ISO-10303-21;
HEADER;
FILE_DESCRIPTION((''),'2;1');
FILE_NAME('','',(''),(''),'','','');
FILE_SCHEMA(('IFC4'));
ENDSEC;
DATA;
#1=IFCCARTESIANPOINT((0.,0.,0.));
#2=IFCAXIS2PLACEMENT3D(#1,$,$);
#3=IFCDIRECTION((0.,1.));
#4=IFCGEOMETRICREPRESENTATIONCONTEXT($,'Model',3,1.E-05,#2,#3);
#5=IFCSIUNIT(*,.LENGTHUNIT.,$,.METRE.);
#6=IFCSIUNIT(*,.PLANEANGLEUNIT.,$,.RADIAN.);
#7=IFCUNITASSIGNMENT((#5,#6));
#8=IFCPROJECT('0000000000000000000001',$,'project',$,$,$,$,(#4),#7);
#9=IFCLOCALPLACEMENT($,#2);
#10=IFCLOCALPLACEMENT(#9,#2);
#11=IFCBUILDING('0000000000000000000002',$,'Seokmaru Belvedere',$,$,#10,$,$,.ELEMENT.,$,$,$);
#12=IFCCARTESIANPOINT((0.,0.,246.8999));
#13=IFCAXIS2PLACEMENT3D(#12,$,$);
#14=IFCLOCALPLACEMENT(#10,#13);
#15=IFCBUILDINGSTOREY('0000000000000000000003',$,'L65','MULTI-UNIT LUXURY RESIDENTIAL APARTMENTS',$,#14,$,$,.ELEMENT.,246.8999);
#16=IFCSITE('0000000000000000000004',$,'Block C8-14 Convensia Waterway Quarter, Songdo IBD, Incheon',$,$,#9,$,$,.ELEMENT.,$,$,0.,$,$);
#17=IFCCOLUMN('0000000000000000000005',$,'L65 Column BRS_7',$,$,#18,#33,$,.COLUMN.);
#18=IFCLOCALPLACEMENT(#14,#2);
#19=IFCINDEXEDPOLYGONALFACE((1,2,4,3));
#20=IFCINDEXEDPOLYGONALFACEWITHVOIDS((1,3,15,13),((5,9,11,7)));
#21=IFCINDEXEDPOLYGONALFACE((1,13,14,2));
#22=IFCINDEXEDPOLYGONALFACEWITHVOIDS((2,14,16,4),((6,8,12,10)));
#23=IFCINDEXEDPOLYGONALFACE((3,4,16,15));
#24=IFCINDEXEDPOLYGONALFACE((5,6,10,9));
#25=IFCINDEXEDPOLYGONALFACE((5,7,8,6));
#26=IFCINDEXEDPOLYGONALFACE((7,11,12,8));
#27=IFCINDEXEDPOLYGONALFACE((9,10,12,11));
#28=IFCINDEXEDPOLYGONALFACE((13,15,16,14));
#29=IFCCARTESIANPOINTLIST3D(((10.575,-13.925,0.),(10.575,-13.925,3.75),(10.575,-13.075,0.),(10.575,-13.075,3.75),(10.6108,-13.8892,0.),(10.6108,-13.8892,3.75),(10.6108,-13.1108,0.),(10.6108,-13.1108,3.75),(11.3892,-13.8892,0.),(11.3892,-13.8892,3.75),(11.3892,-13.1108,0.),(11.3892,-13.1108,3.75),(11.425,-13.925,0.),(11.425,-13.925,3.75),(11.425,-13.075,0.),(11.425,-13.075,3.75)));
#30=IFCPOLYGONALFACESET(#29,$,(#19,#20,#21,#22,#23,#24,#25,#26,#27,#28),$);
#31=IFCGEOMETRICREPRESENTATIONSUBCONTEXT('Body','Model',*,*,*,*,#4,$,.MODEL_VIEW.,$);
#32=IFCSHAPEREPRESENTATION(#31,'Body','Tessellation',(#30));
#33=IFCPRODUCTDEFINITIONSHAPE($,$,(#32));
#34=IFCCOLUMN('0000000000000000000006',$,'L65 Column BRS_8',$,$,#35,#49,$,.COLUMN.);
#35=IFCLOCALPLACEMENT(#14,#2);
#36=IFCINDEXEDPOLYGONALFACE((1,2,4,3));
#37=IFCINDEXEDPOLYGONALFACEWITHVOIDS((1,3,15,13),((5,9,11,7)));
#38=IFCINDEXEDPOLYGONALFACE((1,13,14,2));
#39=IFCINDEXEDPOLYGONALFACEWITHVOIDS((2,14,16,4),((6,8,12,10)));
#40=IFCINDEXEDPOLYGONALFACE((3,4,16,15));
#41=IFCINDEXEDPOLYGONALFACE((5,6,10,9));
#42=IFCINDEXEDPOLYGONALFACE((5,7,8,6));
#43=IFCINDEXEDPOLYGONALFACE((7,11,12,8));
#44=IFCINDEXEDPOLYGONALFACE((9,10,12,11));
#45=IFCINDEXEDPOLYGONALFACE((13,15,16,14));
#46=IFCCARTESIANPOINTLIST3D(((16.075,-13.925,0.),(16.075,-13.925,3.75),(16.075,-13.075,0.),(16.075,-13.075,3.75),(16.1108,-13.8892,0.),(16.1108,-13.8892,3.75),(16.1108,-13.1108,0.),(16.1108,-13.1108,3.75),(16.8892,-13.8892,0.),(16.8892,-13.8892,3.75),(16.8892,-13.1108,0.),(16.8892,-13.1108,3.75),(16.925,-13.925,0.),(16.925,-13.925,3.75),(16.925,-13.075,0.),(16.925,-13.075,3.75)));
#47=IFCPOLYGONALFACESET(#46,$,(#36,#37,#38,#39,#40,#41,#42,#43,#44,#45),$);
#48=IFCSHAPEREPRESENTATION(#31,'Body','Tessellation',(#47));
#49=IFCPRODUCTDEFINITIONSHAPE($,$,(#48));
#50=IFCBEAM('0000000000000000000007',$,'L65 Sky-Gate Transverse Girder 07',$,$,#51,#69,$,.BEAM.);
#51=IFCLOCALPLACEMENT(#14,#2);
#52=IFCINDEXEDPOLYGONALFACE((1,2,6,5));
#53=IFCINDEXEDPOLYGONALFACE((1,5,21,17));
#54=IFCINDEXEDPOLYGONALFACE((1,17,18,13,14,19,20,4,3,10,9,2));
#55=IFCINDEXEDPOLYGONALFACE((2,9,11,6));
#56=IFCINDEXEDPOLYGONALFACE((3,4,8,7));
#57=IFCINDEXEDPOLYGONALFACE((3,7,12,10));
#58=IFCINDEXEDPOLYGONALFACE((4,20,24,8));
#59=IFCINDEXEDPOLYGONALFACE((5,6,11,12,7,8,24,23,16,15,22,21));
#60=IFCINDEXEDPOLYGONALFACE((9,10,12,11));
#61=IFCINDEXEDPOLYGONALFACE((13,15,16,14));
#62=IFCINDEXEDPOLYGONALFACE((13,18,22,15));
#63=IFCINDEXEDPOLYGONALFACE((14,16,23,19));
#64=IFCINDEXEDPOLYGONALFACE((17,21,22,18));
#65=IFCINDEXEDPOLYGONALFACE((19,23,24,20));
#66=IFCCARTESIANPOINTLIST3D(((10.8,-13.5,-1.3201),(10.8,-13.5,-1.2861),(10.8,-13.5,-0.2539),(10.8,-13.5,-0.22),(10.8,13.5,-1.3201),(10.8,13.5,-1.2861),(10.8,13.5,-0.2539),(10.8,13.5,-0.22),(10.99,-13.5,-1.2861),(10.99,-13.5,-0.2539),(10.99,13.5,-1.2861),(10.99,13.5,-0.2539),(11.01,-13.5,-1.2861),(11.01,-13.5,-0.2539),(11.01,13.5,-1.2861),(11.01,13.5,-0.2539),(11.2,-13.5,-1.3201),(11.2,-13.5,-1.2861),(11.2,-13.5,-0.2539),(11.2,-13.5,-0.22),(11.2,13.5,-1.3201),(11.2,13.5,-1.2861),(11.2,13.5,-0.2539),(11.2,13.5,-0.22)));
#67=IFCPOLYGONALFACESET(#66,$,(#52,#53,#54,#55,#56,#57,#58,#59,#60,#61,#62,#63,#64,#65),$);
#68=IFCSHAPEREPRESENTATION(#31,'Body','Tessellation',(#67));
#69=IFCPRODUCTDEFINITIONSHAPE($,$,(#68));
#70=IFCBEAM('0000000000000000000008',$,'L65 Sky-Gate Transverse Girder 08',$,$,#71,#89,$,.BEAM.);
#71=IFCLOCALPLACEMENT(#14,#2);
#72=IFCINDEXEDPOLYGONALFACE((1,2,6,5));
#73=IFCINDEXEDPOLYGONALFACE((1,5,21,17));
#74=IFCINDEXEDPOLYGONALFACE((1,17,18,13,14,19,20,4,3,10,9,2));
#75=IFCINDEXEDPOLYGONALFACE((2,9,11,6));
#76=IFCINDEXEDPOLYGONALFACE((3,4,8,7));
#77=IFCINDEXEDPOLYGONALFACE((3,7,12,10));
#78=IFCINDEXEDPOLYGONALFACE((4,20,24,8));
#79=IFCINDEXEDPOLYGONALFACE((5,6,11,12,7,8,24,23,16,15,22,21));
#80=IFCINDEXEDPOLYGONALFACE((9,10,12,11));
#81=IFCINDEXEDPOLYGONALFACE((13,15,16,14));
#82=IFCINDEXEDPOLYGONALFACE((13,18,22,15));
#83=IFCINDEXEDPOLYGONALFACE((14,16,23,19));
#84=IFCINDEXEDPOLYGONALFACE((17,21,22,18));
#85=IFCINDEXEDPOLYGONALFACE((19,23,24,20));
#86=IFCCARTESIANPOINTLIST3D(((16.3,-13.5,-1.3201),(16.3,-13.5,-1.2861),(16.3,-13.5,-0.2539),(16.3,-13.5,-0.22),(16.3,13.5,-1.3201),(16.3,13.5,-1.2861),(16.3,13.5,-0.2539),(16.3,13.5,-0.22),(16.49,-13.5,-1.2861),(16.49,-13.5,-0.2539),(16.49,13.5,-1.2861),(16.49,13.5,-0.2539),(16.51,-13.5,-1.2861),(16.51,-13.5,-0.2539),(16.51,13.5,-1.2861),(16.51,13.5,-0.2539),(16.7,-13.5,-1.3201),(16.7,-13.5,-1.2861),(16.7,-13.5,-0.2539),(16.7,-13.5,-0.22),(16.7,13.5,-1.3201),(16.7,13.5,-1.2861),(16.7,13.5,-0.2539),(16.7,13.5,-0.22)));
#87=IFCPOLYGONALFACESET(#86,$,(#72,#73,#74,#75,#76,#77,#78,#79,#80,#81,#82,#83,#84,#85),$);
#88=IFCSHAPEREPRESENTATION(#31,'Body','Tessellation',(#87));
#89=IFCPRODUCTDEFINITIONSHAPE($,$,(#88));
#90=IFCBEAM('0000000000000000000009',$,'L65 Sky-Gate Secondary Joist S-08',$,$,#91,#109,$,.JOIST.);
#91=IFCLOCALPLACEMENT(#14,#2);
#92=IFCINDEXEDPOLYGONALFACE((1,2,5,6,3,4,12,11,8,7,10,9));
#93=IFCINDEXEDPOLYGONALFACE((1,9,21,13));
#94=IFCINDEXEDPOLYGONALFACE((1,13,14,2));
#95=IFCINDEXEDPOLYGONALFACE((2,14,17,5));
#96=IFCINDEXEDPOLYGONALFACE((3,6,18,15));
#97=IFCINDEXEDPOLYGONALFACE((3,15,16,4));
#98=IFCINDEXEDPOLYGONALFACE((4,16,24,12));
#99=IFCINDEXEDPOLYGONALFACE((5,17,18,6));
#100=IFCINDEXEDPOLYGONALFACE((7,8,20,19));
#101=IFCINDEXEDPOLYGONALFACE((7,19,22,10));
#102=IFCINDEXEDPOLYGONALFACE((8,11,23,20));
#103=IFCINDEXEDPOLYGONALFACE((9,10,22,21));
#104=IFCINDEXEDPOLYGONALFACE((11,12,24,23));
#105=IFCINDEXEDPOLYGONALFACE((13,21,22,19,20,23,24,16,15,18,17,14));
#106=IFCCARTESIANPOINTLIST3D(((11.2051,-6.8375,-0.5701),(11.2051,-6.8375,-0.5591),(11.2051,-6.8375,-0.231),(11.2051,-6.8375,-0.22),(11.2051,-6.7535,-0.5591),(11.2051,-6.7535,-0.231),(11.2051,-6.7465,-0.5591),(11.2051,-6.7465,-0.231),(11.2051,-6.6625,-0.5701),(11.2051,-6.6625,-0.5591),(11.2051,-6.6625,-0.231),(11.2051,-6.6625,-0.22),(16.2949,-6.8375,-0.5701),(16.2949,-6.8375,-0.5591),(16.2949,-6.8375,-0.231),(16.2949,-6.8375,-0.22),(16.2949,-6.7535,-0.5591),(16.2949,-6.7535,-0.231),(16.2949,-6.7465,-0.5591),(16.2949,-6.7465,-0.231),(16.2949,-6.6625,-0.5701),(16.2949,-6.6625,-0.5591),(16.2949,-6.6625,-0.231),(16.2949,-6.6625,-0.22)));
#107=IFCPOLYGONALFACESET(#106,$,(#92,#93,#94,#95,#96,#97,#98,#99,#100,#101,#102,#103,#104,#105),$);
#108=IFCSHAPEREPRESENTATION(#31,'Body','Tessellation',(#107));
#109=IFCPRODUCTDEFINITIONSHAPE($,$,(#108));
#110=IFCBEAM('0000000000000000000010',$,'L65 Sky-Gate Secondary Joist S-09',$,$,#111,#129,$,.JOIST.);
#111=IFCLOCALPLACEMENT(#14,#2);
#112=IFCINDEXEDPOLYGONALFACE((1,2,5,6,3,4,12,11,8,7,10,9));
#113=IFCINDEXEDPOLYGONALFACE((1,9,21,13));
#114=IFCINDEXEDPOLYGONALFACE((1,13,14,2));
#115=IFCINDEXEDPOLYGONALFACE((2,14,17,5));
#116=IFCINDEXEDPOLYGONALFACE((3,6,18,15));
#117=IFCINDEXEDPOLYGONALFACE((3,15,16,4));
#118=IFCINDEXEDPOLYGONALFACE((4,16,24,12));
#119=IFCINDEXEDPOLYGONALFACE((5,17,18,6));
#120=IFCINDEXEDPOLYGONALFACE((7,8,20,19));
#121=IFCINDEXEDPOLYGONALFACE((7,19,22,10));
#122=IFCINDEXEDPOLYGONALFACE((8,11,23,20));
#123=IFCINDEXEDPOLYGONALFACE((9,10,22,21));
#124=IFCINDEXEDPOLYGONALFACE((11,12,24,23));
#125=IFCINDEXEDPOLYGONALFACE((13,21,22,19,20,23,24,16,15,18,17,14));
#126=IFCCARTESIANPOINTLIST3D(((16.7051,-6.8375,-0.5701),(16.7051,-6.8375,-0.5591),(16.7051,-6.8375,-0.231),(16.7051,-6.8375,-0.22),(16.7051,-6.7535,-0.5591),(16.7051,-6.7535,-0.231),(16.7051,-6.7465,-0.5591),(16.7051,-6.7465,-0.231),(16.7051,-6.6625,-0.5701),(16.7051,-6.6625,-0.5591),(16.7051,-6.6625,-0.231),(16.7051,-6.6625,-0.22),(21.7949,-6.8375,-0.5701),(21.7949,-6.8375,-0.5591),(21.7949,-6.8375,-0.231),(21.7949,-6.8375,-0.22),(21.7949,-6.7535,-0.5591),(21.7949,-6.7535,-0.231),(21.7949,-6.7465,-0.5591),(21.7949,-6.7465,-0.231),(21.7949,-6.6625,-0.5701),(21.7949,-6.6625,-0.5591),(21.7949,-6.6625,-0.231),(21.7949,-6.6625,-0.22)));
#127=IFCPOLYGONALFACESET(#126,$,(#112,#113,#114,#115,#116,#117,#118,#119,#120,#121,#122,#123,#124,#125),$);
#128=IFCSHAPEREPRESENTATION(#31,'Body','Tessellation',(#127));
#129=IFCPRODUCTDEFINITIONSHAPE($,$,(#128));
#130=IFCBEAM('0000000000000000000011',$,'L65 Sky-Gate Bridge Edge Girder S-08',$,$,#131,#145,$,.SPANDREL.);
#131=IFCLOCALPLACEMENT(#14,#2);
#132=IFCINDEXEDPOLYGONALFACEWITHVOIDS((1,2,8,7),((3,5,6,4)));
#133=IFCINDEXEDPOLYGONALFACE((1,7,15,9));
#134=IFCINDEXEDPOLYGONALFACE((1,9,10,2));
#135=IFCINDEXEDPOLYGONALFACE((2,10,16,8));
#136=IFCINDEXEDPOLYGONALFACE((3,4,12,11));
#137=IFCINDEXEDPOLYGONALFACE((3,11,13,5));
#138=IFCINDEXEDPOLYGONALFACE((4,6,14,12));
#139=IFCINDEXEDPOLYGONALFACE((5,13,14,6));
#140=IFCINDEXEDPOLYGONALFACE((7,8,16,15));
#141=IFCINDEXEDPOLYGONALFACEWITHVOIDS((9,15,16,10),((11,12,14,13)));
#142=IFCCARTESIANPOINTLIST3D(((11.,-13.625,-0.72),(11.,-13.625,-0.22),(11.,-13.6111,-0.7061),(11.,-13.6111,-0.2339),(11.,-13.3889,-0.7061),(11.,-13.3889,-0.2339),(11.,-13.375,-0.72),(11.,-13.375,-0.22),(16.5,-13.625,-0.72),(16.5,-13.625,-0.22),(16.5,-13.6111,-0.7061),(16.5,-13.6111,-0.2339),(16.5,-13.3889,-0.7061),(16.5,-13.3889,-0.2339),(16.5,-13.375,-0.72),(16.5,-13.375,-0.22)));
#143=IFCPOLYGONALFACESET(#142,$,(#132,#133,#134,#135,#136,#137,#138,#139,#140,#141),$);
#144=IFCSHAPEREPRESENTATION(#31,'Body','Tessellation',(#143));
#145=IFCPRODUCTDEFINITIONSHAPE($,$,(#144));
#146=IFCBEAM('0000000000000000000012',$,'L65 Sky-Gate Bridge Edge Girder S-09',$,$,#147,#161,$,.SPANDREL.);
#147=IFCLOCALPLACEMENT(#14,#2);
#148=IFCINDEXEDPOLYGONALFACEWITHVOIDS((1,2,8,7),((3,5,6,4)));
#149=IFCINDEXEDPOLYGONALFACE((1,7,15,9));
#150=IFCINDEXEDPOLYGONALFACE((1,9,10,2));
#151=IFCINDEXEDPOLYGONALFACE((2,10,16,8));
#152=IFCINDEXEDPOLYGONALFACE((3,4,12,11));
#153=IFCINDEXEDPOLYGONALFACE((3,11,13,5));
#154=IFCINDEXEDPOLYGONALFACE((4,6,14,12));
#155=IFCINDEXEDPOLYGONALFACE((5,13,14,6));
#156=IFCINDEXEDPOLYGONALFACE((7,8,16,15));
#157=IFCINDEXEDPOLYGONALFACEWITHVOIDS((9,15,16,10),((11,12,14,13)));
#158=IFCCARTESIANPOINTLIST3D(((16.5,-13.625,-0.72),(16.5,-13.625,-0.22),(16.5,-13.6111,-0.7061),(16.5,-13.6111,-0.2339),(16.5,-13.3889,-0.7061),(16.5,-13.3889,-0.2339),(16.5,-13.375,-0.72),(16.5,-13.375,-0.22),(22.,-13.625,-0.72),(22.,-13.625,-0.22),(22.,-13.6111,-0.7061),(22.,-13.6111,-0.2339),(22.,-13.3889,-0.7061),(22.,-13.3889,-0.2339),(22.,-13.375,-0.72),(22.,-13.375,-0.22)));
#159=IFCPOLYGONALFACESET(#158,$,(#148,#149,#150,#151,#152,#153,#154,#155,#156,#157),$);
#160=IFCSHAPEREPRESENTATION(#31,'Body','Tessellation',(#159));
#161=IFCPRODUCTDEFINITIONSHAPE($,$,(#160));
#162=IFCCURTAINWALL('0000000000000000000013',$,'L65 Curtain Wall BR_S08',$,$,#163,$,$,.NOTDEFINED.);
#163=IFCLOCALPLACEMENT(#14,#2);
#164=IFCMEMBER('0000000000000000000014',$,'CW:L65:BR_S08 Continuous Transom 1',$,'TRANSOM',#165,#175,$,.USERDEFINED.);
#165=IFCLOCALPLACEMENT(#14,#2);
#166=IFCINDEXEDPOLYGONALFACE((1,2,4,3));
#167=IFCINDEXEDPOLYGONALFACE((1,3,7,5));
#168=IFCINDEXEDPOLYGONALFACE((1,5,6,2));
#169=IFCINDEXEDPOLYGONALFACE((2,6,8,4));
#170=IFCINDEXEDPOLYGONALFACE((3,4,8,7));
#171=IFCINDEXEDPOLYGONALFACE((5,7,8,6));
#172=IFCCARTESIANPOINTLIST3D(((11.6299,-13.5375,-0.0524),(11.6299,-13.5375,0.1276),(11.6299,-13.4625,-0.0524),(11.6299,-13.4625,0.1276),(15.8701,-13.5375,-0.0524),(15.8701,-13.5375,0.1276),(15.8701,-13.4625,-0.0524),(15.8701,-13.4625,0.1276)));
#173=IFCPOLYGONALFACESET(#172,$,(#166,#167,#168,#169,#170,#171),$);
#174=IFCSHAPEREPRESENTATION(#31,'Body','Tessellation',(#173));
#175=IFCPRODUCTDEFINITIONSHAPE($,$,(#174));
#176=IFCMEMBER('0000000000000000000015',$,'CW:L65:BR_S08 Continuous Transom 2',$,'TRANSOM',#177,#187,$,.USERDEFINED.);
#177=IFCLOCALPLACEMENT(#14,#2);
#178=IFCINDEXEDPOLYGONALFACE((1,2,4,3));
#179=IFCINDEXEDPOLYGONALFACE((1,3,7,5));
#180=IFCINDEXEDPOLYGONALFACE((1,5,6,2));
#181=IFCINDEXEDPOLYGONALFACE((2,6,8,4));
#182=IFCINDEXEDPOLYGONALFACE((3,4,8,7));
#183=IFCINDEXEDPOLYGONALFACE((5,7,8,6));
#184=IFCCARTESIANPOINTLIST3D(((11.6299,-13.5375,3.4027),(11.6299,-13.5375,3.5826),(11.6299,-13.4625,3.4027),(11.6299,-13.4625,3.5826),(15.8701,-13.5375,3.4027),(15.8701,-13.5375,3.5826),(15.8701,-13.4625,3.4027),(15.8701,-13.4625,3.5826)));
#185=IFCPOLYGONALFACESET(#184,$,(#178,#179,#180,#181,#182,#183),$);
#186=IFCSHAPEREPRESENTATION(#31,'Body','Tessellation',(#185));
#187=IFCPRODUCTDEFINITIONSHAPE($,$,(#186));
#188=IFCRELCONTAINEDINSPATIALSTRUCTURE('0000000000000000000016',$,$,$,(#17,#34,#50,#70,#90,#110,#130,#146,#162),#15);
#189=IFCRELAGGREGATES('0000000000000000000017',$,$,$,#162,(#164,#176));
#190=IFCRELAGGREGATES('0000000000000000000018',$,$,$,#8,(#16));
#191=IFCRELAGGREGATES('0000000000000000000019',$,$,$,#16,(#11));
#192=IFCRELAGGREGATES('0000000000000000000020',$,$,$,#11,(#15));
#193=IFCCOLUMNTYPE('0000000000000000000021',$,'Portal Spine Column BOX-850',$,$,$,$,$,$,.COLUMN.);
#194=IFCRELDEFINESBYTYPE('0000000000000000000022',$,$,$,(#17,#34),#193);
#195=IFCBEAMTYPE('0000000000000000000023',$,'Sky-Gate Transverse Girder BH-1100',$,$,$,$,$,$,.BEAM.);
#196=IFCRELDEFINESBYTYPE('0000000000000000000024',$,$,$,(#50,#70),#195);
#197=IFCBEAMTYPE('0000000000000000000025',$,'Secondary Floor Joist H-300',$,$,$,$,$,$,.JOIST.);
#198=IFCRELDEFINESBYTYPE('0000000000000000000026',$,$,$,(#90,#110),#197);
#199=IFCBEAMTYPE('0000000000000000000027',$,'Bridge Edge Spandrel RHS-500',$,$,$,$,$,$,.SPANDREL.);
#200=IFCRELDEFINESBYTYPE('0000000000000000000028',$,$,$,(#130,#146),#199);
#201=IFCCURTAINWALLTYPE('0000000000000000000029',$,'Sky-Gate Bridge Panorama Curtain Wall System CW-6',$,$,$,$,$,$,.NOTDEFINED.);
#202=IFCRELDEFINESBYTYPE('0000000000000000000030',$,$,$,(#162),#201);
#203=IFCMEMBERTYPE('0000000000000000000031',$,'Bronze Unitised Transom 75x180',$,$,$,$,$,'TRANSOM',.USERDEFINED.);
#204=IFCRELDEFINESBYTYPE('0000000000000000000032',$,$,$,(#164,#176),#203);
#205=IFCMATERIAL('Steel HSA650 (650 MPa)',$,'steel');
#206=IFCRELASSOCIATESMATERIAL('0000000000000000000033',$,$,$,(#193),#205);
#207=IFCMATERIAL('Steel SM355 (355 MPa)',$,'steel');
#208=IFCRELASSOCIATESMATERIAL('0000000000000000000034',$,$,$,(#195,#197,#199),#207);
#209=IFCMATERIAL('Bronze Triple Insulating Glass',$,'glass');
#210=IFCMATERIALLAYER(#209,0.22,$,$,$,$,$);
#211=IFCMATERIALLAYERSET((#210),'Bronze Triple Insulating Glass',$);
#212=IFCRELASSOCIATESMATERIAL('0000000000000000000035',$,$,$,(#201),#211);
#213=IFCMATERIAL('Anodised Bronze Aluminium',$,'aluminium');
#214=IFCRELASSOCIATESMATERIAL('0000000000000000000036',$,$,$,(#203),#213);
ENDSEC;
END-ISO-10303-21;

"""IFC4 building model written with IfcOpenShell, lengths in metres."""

from ifc_helpers import new_model, si_unit, direction, frame, origin, origin_2d, place, context, subcontext, project, spatial, rectangle, hollow_rectangle, i_section, extrude, source, transform, mapped, material, layer, layer_set, material_profile, profile_set, type_object, type_shapes, element, aggregate, save


model = new_model("IFC4")

# Units and contexts
model_context = context("Model", 3, precision=1e-05, world=origin(), true_north=direction((0.0, 1.0)))
body_context = subcontext(model_context, "Body", "Model", "MODEL_VIEW")
ifc_project = project(units=[si_unit("LENGTHUNIT", "METRE"), si_unit("PLANEANGLEUNIT", "RADIAN")], contexts=[model_context])

# Site, building, storey
site_placement = place(None, origin())
site = spatial("IfcSite", under=ifc_project, at=site_placement, Name="Block C8-14 Convensia Waterway Quarter, Songdo IBD, Incheon", CompositionType="ELEMENT", RefElevation=0.0)
building_placement = place(site_placement, origin())
building = spatial("IfcBuilding", under=site, at=building_placement, Name="Seokmaru Belvedere", CompositionType="ELEMENT")
storey_placement = place(building_placement, frame((0.0, 0.0, 246.8999)))
storey = spatial("IfcBuildingStorey", under=building, at=storey_placement, Name="L65", Description="MULTI-UNIT LUXURY RESIDENTIAL APARTMENTS", CompositionType="ELEMENT", Elevation=246.8999)

# Columns
ifc_material_1 = material(Name="Steel HSA650 (650 MPa)", Category="steel")
ifc_material_profile_1 = material_profile(ifc_material_1, hollow_rectangle(XDim=0.8501, YDim=0.8501, WallThickness=0.0359, at=origin_2d()), Name="BOX-850x850x36")
ifc_profile_set_1 = profile_set([ifc_material_profile_1], Name="Steel HSA650 (650 MPa)")
column_type = type_object("IfcColumnType", Name="Portal Spine Column BOX-850", PredefinedType="COLUMN", material=ifc_profile_set_1)
shared_shape_1 = source(origin(), body_context, "Body", "SweptSolid", [
    extrude(hollow_rectangle(XDim=0.8501, YDim=0.8501, WallThickness=0.0359, at=origin_2d()), origin(), (0.0, 0.0, 1.0), 3.75),
])
type_shapes(column_type, [shared_shape_1])
for number, where, z_axis, x_axis, name in (
    (1, (11.0, -13.5, 0.0), (0.0, 0.0, 1.0), (1.0, 0.0, 0.0), "L65 Column BRS_7"),
    (2, (16.5, -13.5, 0.0), (0.0, 0.0, 1.0), (1.0, 0.0, 0.0), "L65 Column BRS_8"),
):
    element("IfcColumn", number, at=place(storey_placement, frame(where, z_axis=z_axis, x_axis=x_axis)), inside=storey, type_object=column_type, Name=name, PredefinedType="COLUMN", context=body_context, shape_type="MappedRepresentation", body=[
        mapped(shared_shape_1, transform((0.0, 0.0, 0.0), scale=1.0)),
    ])

# Beams
ifc_material_2 = material(Name="Steel SM355 (355 MPa)", Category="steel")
ifc_material_profile_2 = material_profile(ifc_material_2, i_section(OverallWidth=0.3999, OverallDepth=1.1001, WebThickness=0.02, FlangeThickness=0.0339, at=origin_2d()), Name="BH-1100x400x20x34")
ifc_profile_set_2 = profile_set([ifc_material_profile_2], Name="Steel SM355 (355 MPa)")
beam_type_1 = type_object("IfcBeamType", Name="Sky-Gate Transverse Girder BH-1100", PredefinedType="BEAM", material=ifc_profile_set_2)
shared_shape_2 = source(origin(), body_context, "Body", "SweptSolid", [
    extrude(i_section(OverallWidth=0.3999, OverallDepth=1.1001, WebThickness=0.02, FlangeThickness=0.0339, at=origin_2d()), origin(), (0.0, 0.0, 1.0), 27.0),
])
type_shapes(beam_type_1, [shared_shape_2])
for number, where, z_axis, x_axis, name in (
    (3, (11.0, -13.5, -0.77), (0.0, 1.0, 0.0), (-1.0, 0.0, 0.0), "L65 Sky-Gate Transverse Girder 07"),
    (4, (16.5, -13.5, -0.77), (0.0, 1.0, 0.0), (-1.0, 0.0, 0.0), "L65 Sky-Gate Transverse Girder 08"),
):
    element("IfcBeam", number, at=place(storey_placement, frame(where, z_axis=z_axis, x_axis=x_axis)), inside=storey, type_object=beam_type_1, Name=name, PredefinedType="BEAM", context=body_context, shape_type="MappedRepresentation", body=[
        mapped(shared_shape_2, transform((0.0, 0.0, 0.0), scale=1.0)),
    ])
ifc_material_profile_3 = material_profile(ifc_material_2, i_section(OverallWidth=0.175, OverallDepth=0.3501, WebThickness=0.0071, FlangeThickness=0.011, at=origin_2d()), Name="H-350x175x7x11")
ifc_profile_set_3 = profile_set([ifc_material_profile_3], Name="Steel SM355 (355 MPa)")
beam_type_2 = type_object("IfcBeamType", Name="Secondary Floor Joist H-300", PredefinedType="JOIST", material=ifc_profile_set_3)
shared_shape_3 = source(origin(), body_context, "Body", "SweptSolid", [
    extrude(i_section(OverallWidth=0.175, OverallDepth=0.3501, WebThickness=0.0071, FlangeThickness=0.011, at=origin_2d()), origin(), (0.0, 0.0, 1.0), 5.0898),
])
type_shapes(beam_type_2, [shared_shape_3])
for number, where, z_axis, x_axis, name in (
    (5, (11.2051, -6.75, -0.395), (1.0, 0.0, 0.0), (0.0, 1.0, 0.0), "L65 Sky-Gate Secondary Joist S-08"),
    (6, (16.7051, -6.75, -0.395), (1.0, 0.0, 0.0), (0.0, 1.0, 0.0), "L65 Sky-Gate Secondary Joist S-09"),
):
    element("IfcBeam", number, at=place(storey_placement, frame(where, z_axis=z_axis, x_axis=x_axis)), inside=storey, type_object=beam_type_2, Name=name, PredefinedType="JOIST", context=body_context, shape_type="MappedRepresentation", body=[
        mapped(shared_shape_3, transform((0.0, 0.0, 0.0), scale=1.0)),
    ])
ifc_material_profile_4 = material_profile(ifc_material_2, hollow_rectangle(XDim=0.25, YDim=0.5, WallThickness=0.0139, at=origin_2d()), Name="RHS-500x250x14")
ifc_profile_set_4 = profile_set([ifc_material_profile_4], Name="Steel SM355 (355 MPa)")
beam_type_3 = type_object("IfcBeamType", Name="Bridge Edge Spandrel RHS-500", PredefinedType="SPANDREL", material=ifc_profile_set_4)
shared_shape_4 = source(origin(), body_context, "Body", "SweptSolid", [
    extrude(hollow_rectangle(XDim=0.25, YDim=0.5, WallThickness=0.0139, at=origin_2d()), origin(), (0.0, 0.0, 1.0), 5.5),
])
type_shapes(beam_type_3, [shared_shape_4])
for number, where, z_axis, x_axis, name in (
    (7, (11.0, -13.5, -0.47), (1.0, 0.0, 0.0), (0.0, 1.0, 0.0), "L65 Sky-Gate Bridge Edge Girder S-08"),
    (8, (16.5, -13.5, -0.47), (1.0, 0.0, 0.0), (0.0, 1.0, 0.0), "L65 Sky-Gate Bridge Edge Girder S-09"),
):
    element("IfcBeam", number, at=place(storey_placement, frame(where, z_axis=z_axis, x_axis=x_axis)), inside=storey, type_object=beam_type_3, Name=name, PredefinedType="SPANDREL", context=body_context, shape_type="MappedRepresentation", body=[
        mapped(shared_shape_4, transform((0.0, 0.0, 0.0), scale=1.0)),
    ])

# Curtain wall, members
ifc_material_3 = material(Name="Bronze Triple Insulating Glass", Category="glass")
ifc_layer_1 = layer(ifc_material_3, 0.22)
ifc_layer_set_1 = layer_set([ifc_layer_1], Name="Bronze Triple Insulating Glass")
curtain_wall_type = type_object("IfcCurtainWallType", Name="Sky-Gate Bridge Panorama Curtain Wall System CW-6", PredefinedType="NOTDEFINED", material=ifc_layer_set_1)
curtain_wall_1_placement = place(storey_placement, origin())
curtain_wall_1 = element("IfcCurtainWall", 9, at=curtain_wall_1_placement, inside=storey, type_object=curtain_wall_type, Name="L65 Curtain Wall BR_S08", PredefinedType="NOTDEFINED")
ifc_material_4 = material(Name="Anodised Bronze Aluminium", Category="aluminium")
ifc_material_profile_5 = material_profile(ifc_material_4, rectangle(XDim=0.075, YDim=0.1799, at=origin_2d()), Name="CW-T-75x180")
ifc_profile_set_5 = profile_set([ifc_material_profile_5], Name="Anodised Bronze Aluminium")
member_type_1 = type_object("IfcMemberType", Name="Bronze Unitised Transom 75x180", ElementType="TRANSOM", PredefinedType="USERDEFINED", material=ifc_profile_set_5)
shared_shape_5 = source(origin(), body_context, "Body", "SweptSolid", [
    extrude(rectangle(XDim=0.075, YDim=0.1799, at=origin_2d()), origin(), (0.0, 0.0, 1.0), 4.2402),
])
type_shapes(member_type_1, [shared_shape_5])
member_1_placement = place(storey_placement, frame((11.6299, -13.5, 0.0376), z_axis=(1.0, 0.0, 0.0), x_axis=(0.0, 1.0, 0.0)))
member_1 = element("IfcMember", 10, at=member_1_placement, type_object=member_type_1, Name="CW:L65:BR_S08 Continuous Transom 1", ObjectType="TRANSOM", PredefinedType="USERDEFINED", context=body_context, shape_type="MappedRepresentation", body=[
    mapped(shared_shape_5, transform((0.0, 0.0, 0.0), scale=1.0)),
])
member_2_placement = place(storey_placement, frame((11.6299, -13.5, 3.4927), z_axis=(1.0, 0.0, 0.0), x_axis=(0.0, 1.0, 0.0)))
member_2 = element("IfcMember", 11, at=member_2_placement, type_object=member_type_1, Name="CW:L65:BR_S08 Continuous Transom 2", ObjectType="TRANSOM", PredefinedType="USERDEFINED", context=body_context, shape_type="MappedRepresentation", body=[
    mapped(shared_shape_5, transform((0.0, 0.0, 0.0), scale=1.0)),
])

aggregate(curtain_wall_1, [member_1, member_2])

save(model, "model.ifc")
